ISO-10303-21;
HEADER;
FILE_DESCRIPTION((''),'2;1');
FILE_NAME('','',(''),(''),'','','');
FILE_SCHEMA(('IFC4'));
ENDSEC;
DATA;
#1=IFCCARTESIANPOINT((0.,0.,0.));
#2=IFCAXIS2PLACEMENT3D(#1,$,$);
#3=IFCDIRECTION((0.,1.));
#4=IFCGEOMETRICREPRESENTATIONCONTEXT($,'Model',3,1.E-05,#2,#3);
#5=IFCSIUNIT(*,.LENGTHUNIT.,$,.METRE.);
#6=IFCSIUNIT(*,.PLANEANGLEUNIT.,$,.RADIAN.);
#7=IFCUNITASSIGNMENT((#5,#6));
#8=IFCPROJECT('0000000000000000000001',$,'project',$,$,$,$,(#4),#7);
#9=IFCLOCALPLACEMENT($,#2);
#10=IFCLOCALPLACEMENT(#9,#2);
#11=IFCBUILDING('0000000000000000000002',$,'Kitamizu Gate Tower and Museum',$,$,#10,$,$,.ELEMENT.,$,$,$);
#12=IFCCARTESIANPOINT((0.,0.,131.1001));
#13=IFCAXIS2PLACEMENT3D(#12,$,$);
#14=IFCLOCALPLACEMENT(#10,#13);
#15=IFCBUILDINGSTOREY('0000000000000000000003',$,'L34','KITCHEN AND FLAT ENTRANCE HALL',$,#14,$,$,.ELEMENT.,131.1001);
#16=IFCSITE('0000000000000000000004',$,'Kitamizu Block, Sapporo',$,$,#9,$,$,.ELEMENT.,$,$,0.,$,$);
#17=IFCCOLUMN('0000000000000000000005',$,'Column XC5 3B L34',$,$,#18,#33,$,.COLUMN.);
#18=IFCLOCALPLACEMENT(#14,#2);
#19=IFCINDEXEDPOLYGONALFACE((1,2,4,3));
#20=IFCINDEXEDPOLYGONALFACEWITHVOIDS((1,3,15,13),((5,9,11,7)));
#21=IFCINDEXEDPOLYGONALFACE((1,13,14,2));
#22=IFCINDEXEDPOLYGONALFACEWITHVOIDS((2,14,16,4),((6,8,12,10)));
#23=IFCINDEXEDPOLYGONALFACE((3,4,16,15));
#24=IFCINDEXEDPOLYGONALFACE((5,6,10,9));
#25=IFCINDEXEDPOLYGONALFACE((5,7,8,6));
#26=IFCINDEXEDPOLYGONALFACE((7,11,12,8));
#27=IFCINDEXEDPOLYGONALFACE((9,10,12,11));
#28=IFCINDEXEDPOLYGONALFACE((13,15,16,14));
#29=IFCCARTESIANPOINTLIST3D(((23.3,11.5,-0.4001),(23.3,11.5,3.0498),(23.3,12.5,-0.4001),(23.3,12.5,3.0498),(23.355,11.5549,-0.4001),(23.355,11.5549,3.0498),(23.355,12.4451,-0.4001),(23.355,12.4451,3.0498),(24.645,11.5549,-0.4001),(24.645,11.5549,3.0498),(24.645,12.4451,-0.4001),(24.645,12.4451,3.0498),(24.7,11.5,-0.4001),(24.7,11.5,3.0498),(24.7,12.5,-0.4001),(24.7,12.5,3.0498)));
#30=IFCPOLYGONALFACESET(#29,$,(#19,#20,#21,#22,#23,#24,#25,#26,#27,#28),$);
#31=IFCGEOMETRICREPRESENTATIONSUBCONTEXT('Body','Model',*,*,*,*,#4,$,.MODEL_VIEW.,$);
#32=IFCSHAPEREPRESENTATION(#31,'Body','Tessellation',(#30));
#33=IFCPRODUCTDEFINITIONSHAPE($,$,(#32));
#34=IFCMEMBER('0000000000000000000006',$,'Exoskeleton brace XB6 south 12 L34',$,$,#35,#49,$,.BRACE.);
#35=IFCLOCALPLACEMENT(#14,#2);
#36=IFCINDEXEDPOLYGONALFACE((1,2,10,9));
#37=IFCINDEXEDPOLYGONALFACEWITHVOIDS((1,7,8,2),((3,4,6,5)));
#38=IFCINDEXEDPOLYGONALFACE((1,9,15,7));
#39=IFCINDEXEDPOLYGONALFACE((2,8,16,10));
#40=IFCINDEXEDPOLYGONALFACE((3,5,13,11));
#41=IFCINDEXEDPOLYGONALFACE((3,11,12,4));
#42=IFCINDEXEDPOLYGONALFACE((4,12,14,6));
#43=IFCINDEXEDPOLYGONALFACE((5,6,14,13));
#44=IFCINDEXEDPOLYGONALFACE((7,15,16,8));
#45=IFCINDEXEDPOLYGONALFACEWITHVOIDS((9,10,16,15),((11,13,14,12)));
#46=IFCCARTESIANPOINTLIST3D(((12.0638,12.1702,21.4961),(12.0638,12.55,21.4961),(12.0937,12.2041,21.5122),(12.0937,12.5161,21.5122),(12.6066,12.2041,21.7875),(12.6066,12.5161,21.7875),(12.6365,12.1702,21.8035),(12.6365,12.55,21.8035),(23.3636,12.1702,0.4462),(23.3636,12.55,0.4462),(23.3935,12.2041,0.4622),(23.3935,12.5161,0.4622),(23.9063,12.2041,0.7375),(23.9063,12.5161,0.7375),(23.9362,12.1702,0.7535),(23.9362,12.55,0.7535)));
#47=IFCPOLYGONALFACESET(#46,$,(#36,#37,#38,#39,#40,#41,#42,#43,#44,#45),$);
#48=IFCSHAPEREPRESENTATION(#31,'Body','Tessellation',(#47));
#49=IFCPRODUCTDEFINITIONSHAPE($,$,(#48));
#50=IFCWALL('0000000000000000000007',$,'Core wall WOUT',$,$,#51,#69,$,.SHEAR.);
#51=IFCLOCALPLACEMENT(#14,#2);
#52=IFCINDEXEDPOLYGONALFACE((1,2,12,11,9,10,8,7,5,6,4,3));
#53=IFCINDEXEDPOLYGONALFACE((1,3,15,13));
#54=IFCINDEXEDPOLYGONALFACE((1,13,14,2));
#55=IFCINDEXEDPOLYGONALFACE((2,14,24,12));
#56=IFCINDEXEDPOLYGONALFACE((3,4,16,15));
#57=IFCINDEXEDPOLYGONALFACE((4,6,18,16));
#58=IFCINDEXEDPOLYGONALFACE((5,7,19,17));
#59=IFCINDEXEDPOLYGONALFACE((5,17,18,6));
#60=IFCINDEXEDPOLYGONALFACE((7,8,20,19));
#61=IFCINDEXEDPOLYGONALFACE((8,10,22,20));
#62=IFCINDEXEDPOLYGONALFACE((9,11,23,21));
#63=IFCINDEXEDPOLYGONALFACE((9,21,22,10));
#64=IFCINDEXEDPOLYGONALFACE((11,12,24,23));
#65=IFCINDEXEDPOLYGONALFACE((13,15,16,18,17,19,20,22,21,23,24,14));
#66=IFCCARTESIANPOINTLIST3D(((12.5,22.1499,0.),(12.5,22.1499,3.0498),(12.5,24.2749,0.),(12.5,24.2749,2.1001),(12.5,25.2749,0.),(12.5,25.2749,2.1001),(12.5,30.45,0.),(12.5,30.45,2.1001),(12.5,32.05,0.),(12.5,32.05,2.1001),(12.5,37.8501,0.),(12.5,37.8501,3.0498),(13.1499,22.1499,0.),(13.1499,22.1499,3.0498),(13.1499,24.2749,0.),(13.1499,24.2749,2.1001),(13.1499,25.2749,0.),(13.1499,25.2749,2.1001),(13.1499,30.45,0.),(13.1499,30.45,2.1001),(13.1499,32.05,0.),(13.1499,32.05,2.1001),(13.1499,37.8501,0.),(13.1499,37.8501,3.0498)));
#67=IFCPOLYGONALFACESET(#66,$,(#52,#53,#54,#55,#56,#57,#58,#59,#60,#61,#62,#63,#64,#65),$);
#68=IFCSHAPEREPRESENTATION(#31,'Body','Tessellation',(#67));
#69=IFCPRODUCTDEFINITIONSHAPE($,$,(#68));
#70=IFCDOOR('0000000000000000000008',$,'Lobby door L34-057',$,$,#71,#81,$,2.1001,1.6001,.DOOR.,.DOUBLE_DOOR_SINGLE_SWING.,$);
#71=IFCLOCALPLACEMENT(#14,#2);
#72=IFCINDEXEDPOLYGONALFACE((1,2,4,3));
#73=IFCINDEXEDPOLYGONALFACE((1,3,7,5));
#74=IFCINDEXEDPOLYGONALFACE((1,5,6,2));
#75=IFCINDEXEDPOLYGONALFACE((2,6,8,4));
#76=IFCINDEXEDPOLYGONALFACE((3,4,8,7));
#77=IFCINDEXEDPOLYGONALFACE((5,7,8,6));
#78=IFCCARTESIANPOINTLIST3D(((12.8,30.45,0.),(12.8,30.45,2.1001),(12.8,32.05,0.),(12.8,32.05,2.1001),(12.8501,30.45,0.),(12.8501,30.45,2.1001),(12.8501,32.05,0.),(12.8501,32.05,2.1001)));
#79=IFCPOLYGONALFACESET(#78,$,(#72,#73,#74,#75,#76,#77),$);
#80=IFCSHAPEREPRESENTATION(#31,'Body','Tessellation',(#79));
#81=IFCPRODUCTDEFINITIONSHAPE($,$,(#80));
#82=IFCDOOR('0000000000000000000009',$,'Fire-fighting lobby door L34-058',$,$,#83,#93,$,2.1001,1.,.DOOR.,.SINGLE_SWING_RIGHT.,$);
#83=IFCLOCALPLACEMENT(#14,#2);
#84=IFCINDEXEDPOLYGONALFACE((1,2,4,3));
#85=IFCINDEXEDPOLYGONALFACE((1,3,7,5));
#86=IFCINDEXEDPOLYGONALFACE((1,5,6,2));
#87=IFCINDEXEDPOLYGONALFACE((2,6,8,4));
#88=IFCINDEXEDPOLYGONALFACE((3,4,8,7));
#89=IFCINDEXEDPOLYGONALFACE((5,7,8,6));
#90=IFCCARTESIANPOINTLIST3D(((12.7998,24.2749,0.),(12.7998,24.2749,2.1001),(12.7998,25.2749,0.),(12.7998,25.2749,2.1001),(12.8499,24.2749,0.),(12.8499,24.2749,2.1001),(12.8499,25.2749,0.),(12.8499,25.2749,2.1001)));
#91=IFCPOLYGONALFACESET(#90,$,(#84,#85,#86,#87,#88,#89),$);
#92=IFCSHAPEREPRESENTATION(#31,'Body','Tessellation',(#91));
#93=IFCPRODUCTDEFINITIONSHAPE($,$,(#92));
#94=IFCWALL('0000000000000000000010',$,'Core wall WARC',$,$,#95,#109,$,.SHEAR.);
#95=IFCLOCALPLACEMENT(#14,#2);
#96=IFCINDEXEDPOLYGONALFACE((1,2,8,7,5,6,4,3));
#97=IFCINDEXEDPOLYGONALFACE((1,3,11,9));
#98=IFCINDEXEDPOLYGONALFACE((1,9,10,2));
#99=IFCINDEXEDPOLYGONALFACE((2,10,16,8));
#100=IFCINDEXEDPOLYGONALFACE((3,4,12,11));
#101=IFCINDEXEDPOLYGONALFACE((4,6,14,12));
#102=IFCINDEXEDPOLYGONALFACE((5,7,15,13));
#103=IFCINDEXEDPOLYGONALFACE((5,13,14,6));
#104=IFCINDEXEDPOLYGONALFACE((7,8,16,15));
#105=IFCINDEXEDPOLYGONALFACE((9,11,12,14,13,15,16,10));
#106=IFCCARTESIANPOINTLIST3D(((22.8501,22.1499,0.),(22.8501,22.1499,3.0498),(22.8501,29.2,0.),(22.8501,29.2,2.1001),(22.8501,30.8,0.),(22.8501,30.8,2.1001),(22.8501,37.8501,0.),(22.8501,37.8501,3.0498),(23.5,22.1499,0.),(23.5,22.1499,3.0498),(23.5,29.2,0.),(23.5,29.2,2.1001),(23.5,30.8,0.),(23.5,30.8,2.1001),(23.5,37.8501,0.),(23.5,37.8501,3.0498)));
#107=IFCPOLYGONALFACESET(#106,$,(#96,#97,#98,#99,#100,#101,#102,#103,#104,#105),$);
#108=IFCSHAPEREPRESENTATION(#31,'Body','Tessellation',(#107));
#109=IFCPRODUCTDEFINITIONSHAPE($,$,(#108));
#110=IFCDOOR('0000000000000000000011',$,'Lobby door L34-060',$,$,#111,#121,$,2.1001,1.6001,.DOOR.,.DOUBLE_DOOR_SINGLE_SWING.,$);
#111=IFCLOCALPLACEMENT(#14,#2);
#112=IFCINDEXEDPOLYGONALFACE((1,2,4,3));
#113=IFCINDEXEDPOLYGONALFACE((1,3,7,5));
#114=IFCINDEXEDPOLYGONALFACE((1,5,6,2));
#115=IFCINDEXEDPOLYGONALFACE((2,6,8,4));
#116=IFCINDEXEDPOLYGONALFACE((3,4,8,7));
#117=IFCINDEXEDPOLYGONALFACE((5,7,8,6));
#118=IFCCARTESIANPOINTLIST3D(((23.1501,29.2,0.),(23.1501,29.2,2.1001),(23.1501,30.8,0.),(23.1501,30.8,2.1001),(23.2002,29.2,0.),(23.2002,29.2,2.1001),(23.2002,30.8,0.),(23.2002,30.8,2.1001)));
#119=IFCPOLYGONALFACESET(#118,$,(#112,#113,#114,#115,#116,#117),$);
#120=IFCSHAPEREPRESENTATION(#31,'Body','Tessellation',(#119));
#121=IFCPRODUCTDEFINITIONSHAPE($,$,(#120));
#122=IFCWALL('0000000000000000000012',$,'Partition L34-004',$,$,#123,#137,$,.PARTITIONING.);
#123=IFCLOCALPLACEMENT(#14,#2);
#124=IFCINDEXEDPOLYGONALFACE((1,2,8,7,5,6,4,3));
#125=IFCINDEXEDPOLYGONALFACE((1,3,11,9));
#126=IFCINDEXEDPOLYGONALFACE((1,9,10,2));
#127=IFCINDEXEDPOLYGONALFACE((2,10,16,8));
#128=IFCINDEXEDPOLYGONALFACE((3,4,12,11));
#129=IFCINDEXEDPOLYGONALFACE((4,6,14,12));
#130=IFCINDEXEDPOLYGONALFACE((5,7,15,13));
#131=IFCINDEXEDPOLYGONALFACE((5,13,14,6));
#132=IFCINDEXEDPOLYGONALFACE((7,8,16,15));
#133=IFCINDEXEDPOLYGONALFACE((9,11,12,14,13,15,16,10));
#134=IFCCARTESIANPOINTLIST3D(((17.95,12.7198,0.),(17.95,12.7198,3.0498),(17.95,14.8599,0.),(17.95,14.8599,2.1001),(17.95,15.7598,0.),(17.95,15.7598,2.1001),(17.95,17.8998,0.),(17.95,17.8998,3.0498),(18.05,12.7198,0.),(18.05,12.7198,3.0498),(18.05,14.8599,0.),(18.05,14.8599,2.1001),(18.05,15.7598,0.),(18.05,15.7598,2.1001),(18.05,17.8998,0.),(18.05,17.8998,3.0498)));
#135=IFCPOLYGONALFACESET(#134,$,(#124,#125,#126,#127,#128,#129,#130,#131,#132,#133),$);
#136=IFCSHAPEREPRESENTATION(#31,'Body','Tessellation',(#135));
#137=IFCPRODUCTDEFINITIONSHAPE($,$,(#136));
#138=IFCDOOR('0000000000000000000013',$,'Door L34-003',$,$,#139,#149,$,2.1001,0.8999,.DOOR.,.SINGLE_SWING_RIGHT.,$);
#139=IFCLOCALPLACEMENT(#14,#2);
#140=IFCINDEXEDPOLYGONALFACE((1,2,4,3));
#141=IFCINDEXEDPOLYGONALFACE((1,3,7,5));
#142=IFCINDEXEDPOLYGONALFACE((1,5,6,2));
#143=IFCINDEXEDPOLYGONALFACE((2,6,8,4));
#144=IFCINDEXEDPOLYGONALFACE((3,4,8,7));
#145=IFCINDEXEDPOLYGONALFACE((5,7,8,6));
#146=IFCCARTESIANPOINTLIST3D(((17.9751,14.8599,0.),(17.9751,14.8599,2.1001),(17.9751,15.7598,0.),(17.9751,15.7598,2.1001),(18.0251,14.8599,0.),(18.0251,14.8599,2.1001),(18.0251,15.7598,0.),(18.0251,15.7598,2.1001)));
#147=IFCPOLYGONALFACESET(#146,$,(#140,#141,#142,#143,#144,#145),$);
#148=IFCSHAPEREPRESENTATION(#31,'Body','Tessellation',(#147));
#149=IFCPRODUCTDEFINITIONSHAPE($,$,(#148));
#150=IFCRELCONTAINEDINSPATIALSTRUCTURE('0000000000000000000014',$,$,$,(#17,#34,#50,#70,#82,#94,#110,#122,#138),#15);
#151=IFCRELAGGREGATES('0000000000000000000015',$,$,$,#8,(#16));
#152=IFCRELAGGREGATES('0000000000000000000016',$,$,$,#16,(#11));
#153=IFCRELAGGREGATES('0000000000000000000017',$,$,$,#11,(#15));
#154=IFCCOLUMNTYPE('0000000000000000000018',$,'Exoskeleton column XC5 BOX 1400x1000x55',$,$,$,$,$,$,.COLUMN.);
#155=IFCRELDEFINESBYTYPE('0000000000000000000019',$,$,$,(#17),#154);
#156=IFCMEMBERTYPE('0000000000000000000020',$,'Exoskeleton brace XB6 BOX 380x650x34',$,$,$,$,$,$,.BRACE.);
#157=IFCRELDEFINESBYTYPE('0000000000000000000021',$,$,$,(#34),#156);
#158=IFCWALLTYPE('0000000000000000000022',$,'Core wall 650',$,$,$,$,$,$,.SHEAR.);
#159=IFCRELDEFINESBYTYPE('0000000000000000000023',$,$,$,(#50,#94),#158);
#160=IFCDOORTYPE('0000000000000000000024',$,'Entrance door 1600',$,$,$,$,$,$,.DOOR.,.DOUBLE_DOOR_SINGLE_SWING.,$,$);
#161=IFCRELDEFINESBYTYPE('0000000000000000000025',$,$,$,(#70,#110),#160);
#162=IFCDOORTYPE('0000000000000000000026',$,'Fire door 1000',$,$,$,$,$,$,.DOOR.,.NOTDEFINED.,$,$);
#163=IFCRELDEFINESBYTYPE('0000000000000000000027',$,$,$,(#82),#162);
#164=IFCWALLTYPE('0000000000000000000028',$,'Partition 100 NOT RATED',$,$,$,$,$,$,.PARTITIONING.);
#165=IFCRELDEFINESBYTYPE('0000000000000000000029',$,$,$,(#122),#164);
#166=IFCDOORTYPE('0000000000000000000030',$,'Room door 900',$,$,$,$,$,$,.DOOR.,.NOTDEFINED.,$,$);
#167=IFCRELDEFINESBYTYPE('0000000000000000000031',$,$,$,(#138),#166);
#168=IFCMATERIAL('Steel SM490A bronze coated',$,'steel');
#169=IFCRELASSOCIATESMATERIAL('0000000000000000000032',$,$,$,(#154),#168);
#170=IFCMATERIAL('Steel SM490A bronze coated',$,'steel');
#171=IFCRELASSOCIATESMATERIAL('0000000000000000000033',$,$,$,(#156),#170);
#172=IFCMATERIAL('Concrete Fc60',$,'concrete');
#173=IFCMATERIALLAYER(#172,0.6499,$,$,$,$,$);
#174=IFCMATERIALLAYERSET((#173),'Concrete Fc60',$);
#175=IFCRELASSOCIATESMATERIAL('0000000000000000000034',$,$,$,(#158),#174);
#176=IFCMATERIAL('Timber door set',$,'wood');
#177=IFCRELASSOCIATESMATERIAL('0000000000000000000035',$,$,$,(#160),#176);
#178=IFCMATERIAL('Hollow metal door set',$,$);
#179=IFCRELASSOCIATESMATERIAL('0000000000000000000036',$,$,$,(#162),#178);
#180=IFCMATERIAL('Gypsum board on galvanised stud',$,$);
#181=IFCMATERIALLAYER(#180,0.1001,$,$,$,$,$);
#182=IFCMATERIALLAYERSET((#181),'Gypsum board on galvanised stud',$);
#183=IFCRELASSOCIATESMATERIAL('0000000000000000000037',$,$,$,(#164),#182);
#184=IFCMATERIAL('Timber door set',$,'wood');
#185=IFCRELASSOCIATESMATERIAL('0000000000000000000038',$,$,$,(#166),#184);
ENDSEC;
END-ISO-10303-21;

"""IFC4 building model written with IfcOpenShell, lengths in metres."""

from ifc_helpers import new_model, si_unit, direction, frame, frame_2d, origin, origin_2d, place, context, subcontext, project, spatial, rectangle, hollow_rectangle, extrude, material, layer, layer_set, material_profile, profile_set, type_object, element, fill, save


model = new_model("IFC4")

# Units and contexts
model_context = context("Model", 3, precision=1e-05, world=origin(), true_north=direction((0.0, 1.0)))
body_context = subcontext(model_context, "Body", "Model", "MODEL_VIEW")
ifc_project = project(units=[si_unit("LENGTHUNIT", "METRE"), si_unit("PLANEANGLEUNIT", "RADIAN")], contexts=[model_context])

# Site, building, storey
site_placement = place(None, origin())
site = spatial("IfcSite", under=ifc_project, at=site_placement, Name="Kitamizu Block, Sapporo", CompositionType="ELEMENT", RefElevation=0.0)
building_placement = place(site_placement, origin())
building = spatial("IfcBuilding", under=site, at=building_placement, Name="Kitamizu Gate Tower and Museum", CompositionType="ELEMENT")
storey_placement = place(building_placement, frame((0.0, 0.0, 131.1001)))
storey = spatial("IfcBuildingStorey", under=building, at=storey_placement, Name="L34", Description="KITCHEN AND FLAT ENTRANCE HALL", CompositionType="ELEMENT", Elevation=131.1001)

# Column
ifc_material_1 = material(Name="Steel SM490A bronze coated", Category="steel")
ifc_material_profile_1 = material_profile(ifc_material_1, hollow_rectangle(XDim=1.3999, YDim=1.0, WallThickness=0.0549, at=origin_2d()), Name="BOX 1400x1000x55")
ifc_profile_set_1 = profile_set([ifc_material_profile_1], Name="Steel SM490A bronze coated")
column_type = type_object("IfcColumnType", Name="Exoskeleton column XC5 BOX 1400x1000x55", PredefinedType="COLUMN", material=ifc_profile_set_1)
column_placement = place(storey_placement, frame((24.0, 12.0, -0.4001), z_axis=(0.0, 0.0, 1.0), x_axis=(1.0, 0.0, 0.0)))
element("IfcColumn", 1, at=column_placement, inside=storey, type_object=column_type, Name="Column XC5 3B L34", PredefinedType="COLUMN", context=body_context, shape_type="SweptSolid", body=[
    extrude(hollow_rectangle(XDim=1.3999, YDim=1.0, WallThickness=0.0549, at=origin_2d()), origin(), (0.0, 0.0, 1.0), 3.45),
])

# Member
ifc_material_2 = material(Name="Steel SM490A bronze coated", Category="steel")
ifc_material_profile_2 = material_profile(ifc_material_2, hollow_rectangle(XDim=0.3799, YDim=0.6499, WallThickness=0.0339, at=origin_2d()), Name="BOX 380x650x34")
ifc_profile_set_2 = profile_set([ifc_material_profile_2], Name="Steel SM490A bronze coated")
member_type = type_object("IfcMemberType", Name="Exoskeleton brace XB6 BOX 380x650x34", PredefinedType="BRACE", material=ifc_profile_set_2)
member_placement = place(storey_placement, frame((23.6499, 12.3601, 0.5999), z_axis=(-0.472969, 0.0, 0.881079), x_axis=(0.0, -1.0, 0.0)))
element("IfcMember", 2, at=member_placement, inside=storey, type_object=member_type, Name="Exoskeleton brace XB6 south 12 L34", PredefinedType="BRACE", context=body_context, shape_type="SweptSolid", body=[
    extrude(hollow_rectangle(XDim=0.3799, YDim=0.6499, WallThickness=0.0339, at=origin_2d()), origin(), (0.0, 0.0, 1.0), 23.8911),
])

# Wall, openings, doors
ifc_material_3 = material(Name="Concrete Fc60", Category="concrete")
ifc_layer_1 = layer(ifc_material_3, 0.6499)
ifc_layer_set_1 = layer_set([ifc_layer_1], Name="Concrete Fc60")
wall_type_1 = type_object("IfcWallType", Name="Core wall 650", PredefinedType="SHEAR", material=ifc_layer_set_1)
wall_1_placement = place(storey_placement, frame((12.825, 22.1499, 0.0), z_axis=(0.0, 0.0, 1.0), x_axis=(0.0, 1.0, 0.0)))
wall_1 = element("IfcWall", 3, at=wall_1_placement, inside=storey, type_object=wall_type_1, Name="Core wall WOUT", PredefinedType="SHEAR", context=body_context, shape_type="SweptSolid", body=[
    extrude(rectangle(XDim=15.7002, YDim=0.6499, at=frame_2d((7.8501, 0.0))), origin(), (0.0, 0.0, 1.0), 3.0498),
])
opening_1_placement = place(wall_1_placement, frame((8.3, 0.0, 0.0)))
opening_1 = element("IfcOpeningElement", 4, at=opening_1_placement, cuts=wall_1, PredefinedType="OPENING", context=body_context, shape_type="SweptSolid", body=[
    extrude(rectangle(XDim=1.6001, YDim=2.1001, at=frame_2d((0.8, 1.05))), frame((0.0, 0.335, 0.0), z_axis=(0.0, -1.0, 0.0), x_axis=(1.0, 0.0, 0.0)), (0.0, 0.0, 1.0), 0.6699),
])
opening_2_placement = place(wall_1_placement, frame((2.125, 0.0, 0.0)))
opening_2 = element("IfcOpeningElement", 5, at=opening_2_placement, cuts=wall_1, PredefinedType="OPENING", context=body_context, shape_type="SweptSolid", body=[
    extrude(rectangle(XDim=1.0, YDim=2.1001, at=frame_2d((0.5, 1.05))), frame((0.0, 0.335, 0.0), z_axis=(0.0, -1.0, 0.0), x_axis=(1.0, 0.0, 0.0)), (0.0, 0.0, 1.0), 0.6699),
])
ifc_material_4 = material(Name="Timber door set", Category="wood")
door_type_1 = type_object("IfcDoorType", Name="Entrance door 1600", OperationType="DOUBLE_DOOR_SINGLE_SWING", PredefinedType="DOOR", material=ifc_material_4)
door_1_placement = place(opening_1_placement, origin())
door_1 = element("IfcDoor", 6, at=door_1_placement, inside=storey, type_object=door_type_1, Name="Lobby door L34-057", OperationType="DOUBLE_DOOR_SINGLE_SWING", OverallHeight=2.1001, OverallWidth=1.6001, PredefinedType="DOOR", context=body_context, shape_type="SweptSolid", body=[
    extrude(rectangle(XDim=1.6001, YDim=2.1001, at=frame_2d((0.8, 1.05))), frame((0.0, 0.0249, 0.0), z_axis=(0.0, -1.0, 0.0), x_axis=(1.0, 0.0, 0.0)), (0.0, 0.0, 1.0), 0.05),
])
fill(opening_1, door_1)
ifc_material_5 = material(Name="Hollow metal door set")
door_type_2 = type_object("IfcDoorType", Name="Fire door 1000", OperationType="NOTDEFINED", PredefinedType="DOOR", material=ifc_material_5)
door_2_placement = place(opening_2_placement, frame((1.0, 0.0, 0.0), x_axis=(-1.0, 0.0, 0.0)))
door_2 = element("IfcDoor", 7, at=door_2_placement, inside=storey, type_object=door_type_2, Name="Fire-fighting lobby door L34-058", OperationType="SINGLE_SWING_RIGHT", OverallHeight=2.1001, OverallWidth=1.0, PredefinedType="DOOR", context=body_context, shape_type="SweptSolid", body=[
    extrude(rectangle(XDim=1.0, YDim=2.1001, at=frame_2d((0.5, 1.05))), frame((0.0, 0.0249, 0.0), z_axis=(0.0, -1.0, 0.0), x_axis=(1.0, 0.0, 0.0)), (0.0, 0.0, 1.0), 0.05),
])
fill(opening_2, door_2)

# Walls, openings, doors
wall_2_placement = place(storey_placement, frame((23.175, 22.1499, 0.0), z_axis=(0.0, 0.0, 1.0), x_axis=(0.0, 1.0, 0.0)))
wall_2 = element("IfcWall", 8, at=wall_2_placement, inside=storey, type_object=wall_type_1, Name="Core wall WARC", PredefinedType="SHEAR", context=body_context, shape_type="SweptSolid", body=[
    extrude(rectangle(XDim=15.7002, YDim=0.6499, at=frame_2d((7.8501, 0.0))), origin(), (0.0, 0.0, 1.0), 3.0498),
])
opening_3_placement = place(wall_2_placement, frame((7.05, 0.0, 0.0)))
opening_3 = element("IfcOpeningElement", 9, at=opening_3_placement, cuts=wall_2, PredefinedType="OPENING", context=body_context, shape_type="SweptSolid", body=[
    extrude(rectangle(XDim=1.6001, YDim=2.1001, at=frame_2d((0.8, 1.05))), frame((0.0, 0.335, 0.0), z_axis=(0.0, -1.0, 0.0), x_axis=(1.0, 0.0, 0.0)), (0.0, 0.0, 1.0), 0.6699),
])
door_3_placement = place(opening_3_placement, origin())
door_3 = element("IfcDoor", 10, at=door_3_placement, inside=storey, type_object=door_type_1, Name="Lobby door L34-060", OperationType="DOUBLE_DOOR_SINGLE_SWING", OverallHeight=2.1001, OverallWidth=1.6001, PredefinedType="DOOR", context=body_context, shape_type="SweptSolid", body=[
    extrude(rectangle(XDim=1.6001, YDim=2.1001, at=frame_2d((0.8, 1.05))), frame((0.0, 0.0249, 0.0), z_axis=(0.0, -1.0, 0.0), x_axis=(1.0, 0.0, 0.0)), (0.0, 0.0, 1.0), 0.05),
])
fill(opening_3, door_3)
ifc_material_6 = material(Name="Gypsum board on galvanised stud")
ifc_layer_2 = layer(ifc_material_6, 0.1001)
ifc_layer_set_2 = layer_set([ifc_layer_2], Name="Gypsum board on galvanised stud")
wall_type_2 = type_object("IfcWallType", Name="Partition 100 NOT RATED", PredefinedType="PARTITIONING", material=ifc_layer_set_2)
wall_3_placement = place(storey_placement, frame((18.0, 12.72, 0.0), z_axis=(0.0, 0.0, 1.0), x_axis=(0.0, 1.0, 0.0)))
wall_3 = element("IfcWall", 11, at=wall_3_placement, inside=storey, type_object=wall_type_2, Name="Partition L34-004", PredefinedType="PARTITIONING", context=body_context, shape_type="SweptSolid", body=[
    extrude(rectangle(XDim=5.1799, YDim=0.1001, at=frame_2d((2.5898, 0.0))), origin(), (0.0, 0.0, 1.0), 3.0498),
])
opening_4_placement = place(wall_3_placement, frame((2.1399, 0.0, 0.0)))
opening_4 = element("IfcOpeningElement", 12, at=opening_4_placement, cuts=wall_3, PredefinedType="OPENING", context=body_context, shape_type="SweptSolid", body=[
    extrude(rectangle(XDim=0.8999, YDim=2.1001, at=frame_2d((0.45, 1.05))), frame((0.0, 0.0601, 0.0), z_axis=(0.0, -1.0, 0.0), x_axis=(1.0, 0.0, 0.0)), (0.0, 0.0, 1.0), 0.1201),
])
ifc_material_7 = material(Name="Timber door set", Category="wood")
door_type_3 = type_object("IfcDoorType", Name="Room door 900", OperationType="NOTDEFINED", PredefinedType="DOOR", material=ifc_material_7)
door_4_placement = place(opening_4_placement, origin())
door_4 = element("IfcDoor", 13, at=door_4_placement, inside=storey, type_object=door_type_3, Name="Door L34-003", OperationType="SINGLE_SWING_RIGHT", OverallHeight=2.1001, OverallWidth=0.8999, PredefinedType="DOOR", context=body_context, shape_type="SweptSolid", body=[
    extrude(rectangle(XDim=0.8999, YDim=2.1001, at=frame_2d((0.45, 1.05))), frame((0.0, 0.0249, 0.0), z_axis=(0.0, -1.0, 0.0), x_axis=(1.0, 0.0, 0.0)), (0.0, 0.0, 1.0), 0.05),
])
fill(opening_4, door_4)

save(model, "model.ifc")
